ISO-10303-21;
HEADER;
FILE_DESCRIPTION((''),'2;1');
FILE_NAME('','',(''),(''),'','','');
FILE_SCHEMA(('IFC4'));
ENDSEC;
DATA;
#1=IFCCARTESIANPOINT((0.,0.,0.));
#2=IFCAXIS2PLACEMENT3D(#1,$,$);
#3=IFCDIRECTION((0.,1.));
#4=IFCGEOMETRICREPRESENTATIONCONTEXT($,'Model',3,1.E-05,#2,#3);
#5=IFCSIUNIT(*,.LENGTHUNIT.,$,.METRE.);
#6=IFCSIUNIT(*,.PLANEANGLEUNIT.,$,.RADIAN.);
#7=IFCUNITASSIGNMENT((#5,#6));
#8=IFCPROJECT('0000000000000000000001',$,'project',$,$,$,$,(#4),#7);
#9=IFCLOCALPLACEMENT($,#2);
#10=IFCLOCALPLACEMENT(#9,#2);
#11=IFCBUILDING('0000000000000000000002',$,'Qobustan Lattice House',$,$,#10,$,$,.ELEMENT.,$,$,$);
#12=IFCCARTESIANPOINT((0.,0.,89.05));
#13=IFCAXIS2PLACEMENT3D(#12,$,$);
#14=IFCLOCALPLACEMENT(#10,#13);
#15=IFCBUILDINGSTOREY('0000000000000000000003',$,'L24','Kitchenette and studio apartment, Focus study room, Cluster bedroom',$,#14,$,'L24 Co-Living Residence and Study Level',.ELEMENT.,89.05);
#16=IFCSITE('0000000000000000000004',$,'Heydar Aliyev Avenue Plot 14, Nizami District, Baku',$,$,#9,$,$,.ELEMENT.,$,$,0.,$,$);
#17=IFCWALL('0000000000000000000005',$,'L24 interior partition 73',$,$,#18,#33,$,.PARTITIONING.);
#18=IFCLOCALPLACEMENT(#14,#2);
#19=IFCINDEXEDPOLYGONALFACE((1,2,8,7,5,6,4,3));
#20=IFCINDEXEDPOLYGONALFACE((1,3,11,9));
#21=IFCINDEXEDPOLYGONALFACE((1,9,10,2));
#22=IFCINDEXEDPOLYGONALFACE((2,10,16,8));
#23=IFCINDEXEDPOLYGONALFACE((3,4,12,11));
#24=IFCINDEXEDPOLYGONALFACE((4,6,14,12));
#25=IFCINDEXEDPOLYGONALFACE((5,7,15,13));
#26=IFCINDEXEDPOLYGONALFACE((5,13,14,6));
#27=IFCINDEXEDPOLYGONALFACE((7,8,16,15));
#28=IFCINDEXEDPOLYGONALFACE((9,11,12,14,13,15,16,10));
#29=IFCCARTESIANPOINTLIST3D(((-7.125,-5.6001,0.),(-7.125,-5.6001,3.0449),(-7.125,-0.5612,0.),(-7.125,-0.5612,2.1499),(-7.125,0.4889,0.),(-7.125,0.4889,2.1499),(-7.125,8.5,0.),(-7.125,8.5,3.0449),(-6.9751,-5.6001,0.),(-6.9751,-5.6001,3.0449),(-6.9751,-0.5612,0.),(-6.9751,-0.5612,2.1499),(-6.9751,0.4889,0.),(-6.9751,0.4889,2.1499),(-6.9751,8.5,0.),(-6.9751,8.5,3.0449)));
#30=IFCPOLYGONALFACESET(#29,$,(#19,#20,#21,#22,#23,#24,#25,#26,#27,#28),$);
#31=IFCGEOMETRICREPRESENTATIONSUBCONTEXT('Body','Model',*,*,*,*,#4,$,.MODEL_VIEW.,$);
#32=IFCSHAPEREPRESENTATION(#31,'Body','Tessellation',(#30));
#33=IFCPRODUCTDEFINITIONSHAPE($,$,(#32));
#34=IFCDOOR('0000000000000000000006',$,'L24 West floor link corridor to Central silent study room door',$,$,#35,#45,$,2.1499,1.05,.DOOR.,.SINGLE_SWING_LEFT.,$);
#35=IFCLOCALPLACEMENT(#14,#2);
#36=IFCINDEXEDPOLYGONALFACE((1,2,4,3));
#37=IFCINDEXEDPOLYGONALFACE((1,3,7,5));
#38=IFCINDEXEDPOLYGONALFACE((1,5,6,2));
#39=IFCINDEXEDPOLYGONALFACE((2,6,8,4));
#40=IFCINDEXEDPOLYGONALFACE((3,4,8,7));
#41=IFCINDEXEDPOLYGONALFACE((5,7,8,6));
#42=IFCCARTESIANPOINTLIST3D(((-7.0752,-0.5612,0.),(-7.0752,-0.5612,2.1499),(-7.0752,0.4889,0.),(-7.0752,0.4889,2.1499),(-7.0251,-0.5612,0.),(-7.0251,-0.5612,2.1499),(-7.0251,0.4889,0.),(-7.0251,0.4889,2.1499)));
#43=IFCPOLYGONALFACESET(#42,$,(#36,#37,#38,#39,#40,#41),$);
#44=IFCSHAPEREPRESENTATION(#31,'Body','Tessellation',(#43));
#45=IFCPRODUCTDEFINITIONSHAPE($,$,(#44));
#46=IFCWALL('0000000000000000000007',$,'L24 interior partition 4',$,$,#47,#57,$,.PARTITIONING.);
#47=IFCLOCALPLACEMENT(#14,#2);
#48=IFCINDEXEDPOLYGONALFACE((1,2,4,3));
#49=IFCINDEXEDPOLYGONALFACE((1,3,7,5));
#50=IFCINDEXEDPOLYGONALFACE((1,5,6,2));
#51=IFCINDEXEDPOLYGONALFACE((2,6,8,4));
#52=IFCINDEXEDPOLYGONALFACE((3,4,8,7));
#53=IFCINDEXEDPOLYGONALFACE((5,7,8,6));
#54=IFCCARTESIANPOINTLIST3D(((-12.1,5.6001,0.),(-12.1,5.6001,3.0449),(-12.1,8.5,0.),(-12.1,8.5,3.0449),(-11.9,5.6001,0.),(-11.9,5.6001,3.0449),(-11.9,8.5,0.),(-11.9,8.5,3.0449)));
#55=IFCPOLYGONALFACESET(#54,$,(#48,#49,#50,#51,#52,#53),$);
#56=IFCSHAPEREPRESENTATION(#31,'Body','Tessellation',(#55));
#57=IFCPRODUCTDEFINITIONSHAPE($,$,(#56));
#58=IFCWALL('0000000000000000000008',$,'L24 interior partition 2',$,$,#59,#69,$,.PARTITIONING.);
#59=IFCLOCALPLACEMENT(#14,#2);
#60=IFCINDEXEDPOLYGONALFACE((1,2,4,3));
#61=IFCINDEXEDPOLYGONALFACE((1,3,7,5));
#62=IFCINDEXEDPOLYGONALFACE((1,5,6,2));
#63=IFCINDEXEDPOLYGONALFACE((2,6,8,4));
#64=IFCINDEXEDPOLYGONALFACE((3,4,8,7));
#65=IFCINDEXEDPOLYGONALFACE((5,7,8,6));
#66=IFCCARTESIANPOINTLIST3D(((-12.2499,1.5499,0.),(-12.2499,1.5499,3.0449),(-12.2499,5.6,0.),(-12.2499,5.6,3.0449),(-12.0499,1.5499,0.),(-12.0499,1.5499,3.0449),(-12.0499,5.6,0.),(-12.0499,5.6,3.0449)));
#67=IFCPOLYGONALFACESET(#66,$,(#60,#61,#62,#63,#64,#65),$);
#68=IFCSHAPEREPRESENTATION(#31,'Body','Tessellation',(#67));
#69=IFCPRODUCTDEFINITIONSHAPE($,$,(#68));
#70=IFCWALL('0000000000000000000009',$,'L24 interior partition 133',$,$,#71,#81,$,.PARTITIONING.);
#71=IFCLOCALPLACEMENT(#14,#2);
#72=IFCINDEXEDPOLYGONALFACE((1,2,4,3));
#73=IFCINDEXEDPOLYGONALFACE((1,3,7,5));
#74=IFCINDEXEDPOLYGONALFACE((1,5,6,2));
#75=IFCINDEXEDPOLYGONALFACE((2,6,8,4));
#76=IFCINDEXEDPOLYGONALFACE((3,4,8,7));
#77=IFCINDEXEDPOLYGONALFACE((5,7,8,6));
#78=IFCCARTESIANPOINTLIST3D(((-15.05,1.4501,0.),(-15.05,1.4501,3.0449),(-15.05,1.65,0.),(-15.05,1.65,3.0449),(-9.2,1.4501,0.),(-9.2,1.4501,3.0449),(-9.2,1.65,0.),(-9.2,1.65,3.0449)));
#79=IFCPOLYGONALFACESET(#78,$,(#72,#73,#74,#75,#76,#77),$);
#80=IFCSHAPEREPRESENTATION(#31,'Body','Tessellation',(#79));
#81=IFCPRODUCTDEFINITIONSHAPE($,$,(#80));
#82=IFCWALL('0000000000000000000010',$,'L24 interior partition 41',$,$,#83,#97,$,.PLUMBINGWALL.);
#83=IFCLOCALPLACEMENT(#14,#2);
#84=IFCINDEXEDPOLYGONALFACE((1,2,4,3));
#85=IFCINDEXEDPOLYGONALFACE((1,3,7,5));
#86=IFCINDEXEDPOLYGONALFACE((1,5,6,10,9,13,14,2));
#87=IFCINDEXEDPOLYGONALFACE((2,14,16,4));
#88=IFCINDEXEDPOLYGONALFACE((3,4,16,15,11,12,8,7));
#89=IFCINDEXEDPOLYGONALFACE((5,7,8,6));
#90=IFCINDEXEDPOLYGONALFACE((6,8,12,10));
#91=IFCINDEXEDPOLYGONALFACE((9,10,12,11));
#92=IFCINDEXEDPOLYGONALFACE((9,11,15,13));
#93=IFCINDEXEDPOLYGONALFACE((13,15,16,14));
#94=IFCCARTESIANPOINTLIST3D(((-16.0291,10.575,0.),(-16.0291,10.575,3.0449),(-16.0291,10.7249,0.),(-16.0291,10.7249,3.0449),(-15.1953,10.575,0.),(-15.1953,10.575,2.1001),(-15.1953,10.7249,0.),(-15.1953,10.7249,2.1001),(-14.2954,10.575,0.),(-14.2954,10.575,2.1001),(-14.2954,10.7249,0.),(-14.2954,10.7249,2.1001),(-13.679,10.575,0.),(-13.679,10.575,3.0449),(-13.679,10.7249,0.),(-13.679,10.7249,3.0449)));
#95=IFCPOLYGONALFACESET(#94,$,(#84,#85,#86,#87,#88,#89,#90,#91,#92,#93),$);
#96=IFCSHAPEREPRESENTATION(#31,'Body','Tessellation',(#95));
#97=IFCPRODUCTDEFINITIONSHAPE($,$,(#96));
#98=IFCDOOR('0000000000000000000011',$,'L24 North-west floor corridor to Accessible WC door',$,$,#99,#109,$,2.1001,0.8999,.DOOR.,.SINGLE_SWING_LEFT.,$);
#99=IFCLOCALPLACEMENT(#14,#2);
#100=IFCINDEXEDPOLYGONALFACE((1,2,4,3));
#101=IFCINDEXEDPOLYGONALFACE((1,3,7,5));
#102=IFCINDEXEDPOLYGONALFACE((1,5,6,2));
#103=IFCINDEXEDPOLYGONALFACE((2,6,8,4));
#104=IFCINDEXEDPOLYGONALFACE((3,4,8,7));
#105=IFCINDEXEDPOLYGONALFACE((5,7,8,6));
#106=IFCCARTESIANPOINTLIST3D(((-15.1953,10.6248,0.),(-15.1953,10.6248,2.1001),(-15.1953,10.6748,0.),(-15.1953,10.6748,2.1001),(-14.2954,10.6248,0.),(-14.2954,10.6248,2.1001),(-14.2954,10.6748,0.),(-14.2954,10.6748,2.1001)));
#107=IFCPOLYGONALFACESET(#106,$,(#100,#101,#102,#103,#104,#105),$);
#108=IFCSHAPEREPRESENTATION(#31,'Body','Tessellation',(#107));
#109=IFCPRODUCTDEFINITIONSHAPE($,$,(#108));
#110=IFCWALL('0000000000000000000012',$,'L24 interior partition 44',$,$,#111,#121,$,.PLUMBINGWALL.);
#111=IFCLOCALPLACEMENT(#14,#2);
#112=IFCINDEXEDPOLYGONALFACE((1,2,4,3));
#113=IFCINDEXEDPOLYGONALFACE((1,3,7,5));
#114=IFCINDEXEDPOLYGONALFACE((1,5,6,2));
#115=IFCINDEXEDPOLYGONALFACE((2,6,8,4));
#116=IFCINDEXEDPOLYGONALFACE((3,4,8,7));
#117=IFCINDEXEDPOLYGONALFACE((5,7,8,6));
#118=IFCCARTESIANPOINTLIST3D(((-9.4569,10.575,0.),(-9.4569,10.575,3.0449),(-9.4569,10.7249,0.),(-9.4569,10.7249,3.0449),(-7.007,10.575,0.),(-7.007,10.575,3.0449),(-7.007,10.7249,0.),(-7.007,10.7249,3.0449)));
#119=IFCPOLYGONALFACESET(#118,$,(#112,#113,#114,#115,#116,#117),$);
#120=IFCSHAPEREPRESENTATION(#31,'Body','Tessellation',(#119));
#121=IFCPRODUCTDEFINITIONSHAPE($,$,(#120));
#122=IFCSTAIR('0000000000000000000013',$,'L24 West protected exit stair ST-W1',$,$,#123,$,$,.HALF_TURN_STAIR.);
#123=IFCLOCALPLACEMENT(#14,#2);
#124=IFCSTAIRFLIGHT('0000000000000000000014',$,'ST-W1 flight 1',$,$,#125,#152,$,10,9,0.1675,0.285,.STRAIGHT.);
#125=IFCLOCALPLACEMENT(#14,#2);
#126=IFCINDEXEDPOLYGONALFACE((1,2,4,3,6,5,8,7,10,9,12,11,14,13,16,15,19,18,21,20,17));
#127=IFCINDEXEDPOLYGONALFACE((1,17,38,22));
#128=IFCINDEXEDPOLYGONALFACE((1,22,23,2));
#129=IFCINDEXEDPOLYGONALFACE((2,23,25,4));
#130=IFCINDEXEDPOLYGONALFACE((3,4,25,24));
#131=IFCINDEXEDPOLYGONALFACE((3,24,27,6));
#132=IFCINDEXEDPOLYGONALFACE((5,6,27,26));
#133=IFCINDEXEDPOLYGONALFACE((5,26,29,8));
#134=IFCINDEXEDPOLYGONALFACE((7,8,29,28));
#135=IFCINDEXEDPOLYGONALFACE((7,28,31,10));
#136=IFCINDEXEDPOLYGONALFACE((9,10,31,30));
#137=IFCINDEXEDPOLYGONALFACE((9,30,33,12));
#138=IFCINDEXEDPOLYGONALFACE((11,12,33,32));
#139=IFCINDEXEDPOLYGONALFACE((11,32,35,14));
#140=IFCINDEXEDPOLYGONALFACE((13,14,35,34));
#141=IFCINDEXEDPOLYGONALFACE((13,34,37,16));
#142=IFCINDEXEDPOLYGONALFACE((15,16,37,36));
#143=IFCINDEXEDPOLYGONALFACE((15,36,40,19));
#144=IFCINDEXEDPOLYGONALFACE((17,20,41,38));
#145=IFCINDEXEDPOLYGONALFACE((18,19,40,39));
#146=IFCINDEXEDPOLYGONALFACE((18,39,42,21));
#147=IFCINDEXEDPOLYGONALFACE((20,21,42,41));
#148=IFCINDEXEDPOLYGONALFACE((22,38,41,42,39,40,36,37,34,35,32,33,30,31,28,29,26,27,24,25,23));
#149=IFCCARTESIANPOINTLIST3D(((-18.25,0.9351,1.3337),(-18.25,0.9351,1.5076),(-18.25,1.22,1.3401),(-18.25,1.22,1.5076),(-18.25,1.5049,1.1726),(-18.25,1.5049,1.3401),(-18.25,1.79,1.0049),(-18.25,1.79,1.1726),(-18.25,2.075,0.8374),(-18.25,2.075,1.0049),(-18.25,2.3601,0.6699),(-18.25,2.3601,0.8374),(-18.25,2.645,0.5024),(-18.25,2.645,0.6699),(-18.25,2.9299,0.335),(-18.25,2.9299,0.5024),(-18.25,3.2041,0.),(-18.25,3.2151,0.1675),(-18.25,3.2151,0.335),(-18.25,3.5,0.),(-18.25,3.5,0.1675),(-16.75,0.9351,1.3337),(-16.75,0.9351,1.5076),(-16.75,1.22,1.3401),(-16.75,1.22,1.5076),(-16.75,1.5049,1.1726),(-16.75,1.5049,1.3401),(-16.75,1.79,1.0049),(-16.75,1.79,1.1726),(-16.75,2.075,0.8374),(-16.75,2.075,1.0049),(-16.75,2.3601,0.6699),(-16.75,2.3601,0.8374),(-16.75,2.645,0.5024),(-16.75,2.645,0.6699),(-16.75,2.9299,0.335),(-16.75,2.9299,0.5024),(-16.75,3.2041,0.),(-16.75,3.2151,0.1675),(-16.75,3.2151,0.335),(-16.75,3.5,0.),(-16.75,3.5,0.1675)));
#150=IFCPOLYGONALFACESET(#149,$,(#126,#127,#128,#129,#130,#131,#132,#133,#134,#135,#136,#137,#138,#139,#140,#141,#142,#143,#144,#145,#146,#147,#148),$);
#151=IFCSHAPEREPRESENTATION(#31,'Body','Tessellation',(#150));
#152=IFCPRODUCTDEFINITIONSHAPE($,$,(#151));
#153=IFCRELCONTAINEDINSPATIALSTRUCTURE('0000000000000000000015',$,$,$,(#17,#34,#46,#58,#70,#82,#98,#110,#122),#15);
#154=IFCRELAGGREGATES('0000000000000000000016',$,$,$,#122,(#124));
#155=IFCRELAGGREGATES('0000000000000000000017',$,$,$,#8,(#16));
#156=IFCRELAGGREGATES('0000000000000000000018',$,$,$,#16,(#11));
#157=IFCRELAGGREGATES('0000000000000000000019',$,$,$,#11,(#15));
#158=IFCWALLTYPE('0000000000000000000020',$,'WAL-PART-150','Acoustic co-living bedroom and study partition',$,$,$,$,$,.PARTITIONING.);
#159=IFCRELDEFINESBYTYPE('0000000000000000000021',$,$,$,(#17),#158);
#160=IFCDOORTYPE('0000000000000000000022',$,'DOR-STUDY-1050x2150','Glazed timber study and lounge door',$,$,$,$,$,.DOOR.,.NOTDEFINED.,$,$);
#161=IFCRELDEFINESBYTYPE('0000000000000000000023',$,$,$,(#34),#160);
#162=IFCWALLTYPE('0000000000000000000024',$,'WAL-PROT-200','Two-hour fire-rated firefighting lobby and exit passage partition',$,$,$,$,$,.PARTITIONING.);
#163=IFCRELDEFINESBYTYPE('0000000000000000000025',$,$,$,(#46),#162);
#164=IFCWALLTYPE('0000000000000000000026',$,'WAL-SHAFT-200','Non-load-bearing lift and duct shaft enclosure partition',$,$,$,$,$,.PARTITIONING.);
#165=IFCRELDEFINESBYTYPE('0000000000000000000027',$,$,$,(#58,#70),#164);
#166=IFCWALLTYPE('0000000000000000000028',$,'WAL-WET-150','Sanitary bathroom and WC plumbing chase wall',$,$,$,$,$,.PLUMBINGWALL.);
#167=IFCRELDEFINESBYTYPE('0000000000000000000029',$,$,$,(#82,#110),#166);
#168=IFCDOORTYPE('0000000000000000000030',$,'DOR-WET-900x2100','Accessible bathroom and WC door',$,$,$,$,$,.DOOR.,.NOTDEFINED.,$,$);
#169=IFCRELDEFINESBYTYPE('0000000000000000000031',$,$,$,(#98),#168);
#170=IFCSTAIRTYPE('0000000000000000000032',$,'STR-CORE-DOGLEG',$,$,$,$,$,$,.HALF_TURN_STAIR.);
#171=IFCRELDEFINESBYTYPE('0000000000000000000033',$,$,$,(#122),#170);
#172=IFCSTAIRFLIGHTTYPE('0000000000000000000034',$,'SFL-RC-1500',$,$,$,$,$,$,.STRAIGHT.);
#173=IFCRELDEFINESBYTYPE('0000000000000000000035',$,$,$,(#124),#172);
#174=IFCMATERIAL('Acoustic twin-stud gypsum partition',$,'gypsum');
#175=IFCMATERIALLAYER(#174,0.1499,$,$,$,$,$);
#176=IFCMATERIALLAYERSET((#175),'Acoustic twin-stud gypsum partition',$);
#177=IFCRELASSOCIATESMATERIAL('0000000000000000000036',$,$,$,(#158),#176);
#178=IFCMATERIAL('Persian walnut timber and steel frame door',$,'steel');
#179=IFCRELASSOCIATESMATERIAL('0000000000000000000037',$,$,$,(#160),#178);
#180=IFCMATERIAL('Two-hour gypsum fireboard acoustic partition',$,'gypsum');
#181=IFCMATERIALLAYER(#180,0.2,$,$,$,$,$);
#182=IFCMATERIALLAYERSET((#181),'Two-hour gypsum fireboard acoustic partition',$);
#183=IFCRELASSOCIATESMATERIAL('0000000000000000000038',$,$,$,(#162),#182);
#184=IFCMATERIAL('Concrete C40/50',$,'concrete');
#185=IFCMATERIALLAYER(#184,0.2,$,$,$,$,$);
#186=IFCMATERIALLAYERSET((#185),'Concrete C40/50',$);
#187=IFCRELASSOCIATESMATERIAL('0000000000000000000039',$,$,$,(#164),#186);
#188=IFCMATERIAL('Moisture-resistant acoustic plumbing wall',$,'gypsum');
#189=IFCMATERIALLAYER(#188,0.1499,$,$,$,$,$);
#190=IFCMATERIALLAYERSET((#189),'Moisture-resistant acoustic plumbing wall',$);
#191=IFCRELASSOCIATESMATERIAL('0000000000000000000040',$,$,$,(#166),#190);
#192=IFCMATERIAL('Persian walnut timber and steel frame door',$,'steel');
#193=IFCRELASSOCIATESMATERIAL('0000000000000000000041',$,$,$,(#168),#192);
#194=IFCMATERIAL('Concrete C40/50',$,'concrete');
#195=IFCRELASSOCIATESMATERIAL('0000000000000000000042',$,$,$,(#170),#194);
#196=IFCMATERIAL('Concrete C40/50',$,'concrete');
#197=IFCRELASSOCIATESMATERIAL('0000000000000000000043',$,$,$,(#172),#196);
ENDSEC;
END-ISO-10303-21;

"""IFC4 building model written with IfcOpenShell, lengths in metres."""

from ifc_helpers import new_model, si_unit, direction, frame, frame_2d, origin, place, context, subcontext, project, spatial, polyline, rectangle, outline, extrude, material, layer, layer_set, type_object, element, fill, aggregate, save


model = new_model("IFC4")

# Units and contexts
model_context = context("Model", 3, precision=1e-05, world=origin(), true_north=direction((0.0, 1.0)))
body_context = subcontext(model_context, "Body", "Model", "MODEL_VIEW")
ifc_project = project(units=[si_unit("LENGTHUNIT", "METRE"), si_unit("PLANEANGLEUNIT", "RADIAN")], contexts=[model_context])

# Site, building, storey
site_placement = place(None, origin())
site = spatial("IfcSite", under=ifc_project, at=site_placement, Name="Heydar Aliyev Avenue Plot 14, Nizami District, Baku", CompositionType="ELEMENT", RefElevation=0.0)
building_placement = place(site_placement, origin())
building = spatial("IfcBuilding", under=site, at=building_placement, Name="Qobustan Lattice House", CompositionType="ELEMENT")
storey_placement = place(building_placement, frame((0.0, 0.0, 89.05)))
storey = spatial("IfcBuildingStorey", under=building, at=storey_placement, Name="L24", Description="Kitchenette and studio apartment, Focus study room, Cluster bedroom", LongName="L24 Co-Living Residence and Study Level", CompositionType="ELEMENT", Elevation=89.05)

# Wall, opening, door
ifc_material_1 = material(Name="Acoustic twin-stud gypsum partition", Category="gypsum")
ifc_layer_1 = layer(ifc_material_1, 0.1499)
ifc_layer_set_1 = layer_set([ifc_layer_1], Name="Acoustic twin-stud gypsum partition")
wall_type_1 = type_object("IfcWallType", Name="WAL-PART-150", Description="Acoustic co-living bedroom and study partition", PredefinedType="PARTITIONING", material=ifc_layer_set_1)
wall_1_placement = place(storey_placement, frame((-7.05, 8.5, 0.0), z_axis=(0.0, 0.0, 1.0), x_axis=(0.0, -1.0, 0.0)))
wall_1 = element("IfcWall", 1, at=wall_1_placement, inside=storey, type_object=wall_type_1, Name="L24 interior partition 73", PredefinedType="PARTITIONING", context=body_context, shape_type="SweptSolid", body=[
    extrude(rectangle(XDim=14.1001, YDim=0.1499, at=frame_2d((7.05, 0.0))), origin(), (0.0, 0.0, 1.0), 3.0449),
])
opening_1_placement = place(wall_1_placement, frame((8.0112, 0.0, 0.0)))
opening_1 = element("IfcOpeningElement", 2, at=opening_1_placement, cuts=wall_1, PredefinedType="OPENING", context=body_context, shape_type="SweptSolid", body=[
    extrude(rectangle(XDim=1.05, YDim=2.1499, at=frame_2d((0.5249, 1.075))), frame((0.0, 0.085, 0.0), z_axis=(0.0, -1.0, 0.0), x_axis=(1.0, 0.0, 0.0)), (0.0, 0.0, 1.0), 0.1699),
])
ifc_material_2 = material(Name="Persian walnut timber and steel frame door", Category="steel")
door_type_1 = type_object("IfcDoorType", Name="DOR-STUDY-1050x2150", Description="Glazed timber study and lounge door", OperationType="NOTDEFINED", PredefinedType="DOOR", material=ifc_material_2)
door_1_placement = place(opening_1_placement, origin())
door_1 = element("IfcDoor", 3, at=door_1_placement, inside=storey, type_object=door_type_1, Name="L24 West floor link corridor to Central silent study room door", OperationType="SINGLE_SWING_LEFT", OverallHeight=2.1499, OverallWidth=1.05, PredefinedType="DOOR", context=body_context, shape_type="SweptSolid", body=[
    extrude(rectangle(XDim=1.05, YDim=2.1499, at=frame_2d((0.5249, 1.075))), frame((0.0, 0.0249, 0.0), z_axis=(0.0, -1.0, 0.0), x_axis=(1.0, 0.0, 0.0)), (0.0, 0.0, 1.0), 0.05),
])
fill(opening_1, door_1)
ifc_material_3 = material(Name="Two-hour gypsum fireboard acoustic partition", Category="gypsum")
ifc_layer_2 = layer(ifc_material_3, 0.2)
ifc_layer_set_2 = layer_set([ifc_layer_2], Name="Two-hour gypsum fireboard acoustic partition")
wall_type_2 = type_object("IfcWallType", Name="WAL-PROT-200", Description="Two-hour fire-rated firefighting lobby and exit passage partition", PredefinedType="PARTITIONING", material=ifc_layer_set_2)

# Walls
wall_2_placement = place(storey_placement, frame((-12.0, 5.6001, 0.0), z_axis=(0.0, 0.0, 1.0), x_axis=(0.0, 1.0, 0.0)))
element("IfcWall", 4, at=wall_2_placement, inside=storey, type_object=wall_type_2, Name="L24 interior partition 4", PredefinedType="PARTITIONING", context=body_context, shape_type="SweptSolid", body=[
    extrude(rectangle(XDim=2.8999, YDim=0.2, at=frame_2d((1.45, 0.0))), origin(), (0.0, 0.0, 1.0), 3.0449),
])
ifc_material_4 = material(Name="Concrete C40/50", Category="concrete")
ifc_layer_3 = layer(ifc_material_4, 0.2)
ifc_layer_set_3 = layer_set([ifc_layer_3], Name="Concrete C40/50")
wall_type_3 = type_object("IfcWallType", Name="WAL-SHAFT-200", Description="Non-load-bearing lift and duct shaft enclosure partition", PredefinedType="PARTITIONING", material=ifc_layer_set_3)
wall_3_placement = place(storey_placement, frame((-12.1499, 1.55, 0.0), z_axis=(0.0, 0.0, 1.0), x_axis=(0.0, 1.0, 0.0)))
element("IfcWall", 5, at=wall_3_placement, inside=storey, type_object=wall_type_3, Name="L24 interior partition 2", PredefinedType="PARTITIONING", context=body_context, shape_type="SweptSolid", body=[
    extrude(rectangle(XDim=4.05, YDim=0.2, at=frame_2d((2.0249, 0.0))), origin(), (0.0, 0.0, 1.0), 3.0449),
])
wall_4_placement = place(storey_placement, frame((-15.05, 1.55, 0.0), z_axis=(0.0, 0.0, 1.0), x_axis=(1.0, 0.0, 0.0)))
element("IfcWall", 6, at=wall_4_placement, inside=storey, type_object=wall_type_3, Name="L24 interior partition 133", PredefinedType="PARTITIONING", context=body_context, shape_type="SweptSolid", body=[
    extrude(rectangle(XDim=5.8501, YDim=0.2, at=frame_2d((2.925, 0.0))), origin(), (0.0, 0.0, 1.0), 3.0449),
])

# Wall, opening, door
ifc_material_5 = material(Name="Moisture-resistant acoustic plumbing wall", Category="gypsum")
ifc_layer_4 = layer(ifc_material_5, 0.1499)
ifc_layer_set_4 = layer_set([ifc_layer_4], Name="Moisture-resistant acoustic plumbing wall")
wall_type_4 = type_object("IfcWallType", Name="WAL-WET-150", Description="Sanitary bathroom and WC plumbing chase wall", PredefinedType="PLUMBINGWALL", material=ifc_layer_set_4)
wall_5_placement = place(storey_placement, frame((-16.0291, 10.6499, 0.0), z_axis=(0.0, 0.0, 1.0), x_axis=(1.0, 0.0, 0.0)))
wall_5 = element("IfcWall", 7, at=wall_5_placement, inside=storey, type_object=wall_type_4, Name="L24 interior partition 41", PredefinedType="PLUMBINGWALL", context=body_context, shape_type="SweptSolid", body=[
    extrude(rectangle(XDim=2.3501, YDim=0.1499, at=frame_2d((1.175, 0.0))), origin(), (0.0, 0.0, 1.0), 3.0449),
])
opening_2_placement = place(wall_5_placement, frame((0.8337, 0.0, 0.0)))
opening_2 = element("IfcOpeningElement", 8, at=opening_2_placement, cuts=wall_5, PredefinedType="OPENING", context=body_context, shape_type="SweptSolid", body=[
    extrude(rectangle(XDim=0.8999, YDim=2.1001, at=frame_2d((0.45, 1.05))), frame((0.0, 0.085, 0.0), z_axis=(0.0, -1.0, 0.0), x_axis=(1.0, 0.0, 0.0)), (0.0, 0.0, 1.0), 0.1699),
])
ifc_material_6 = material(Name="Persian walnut timber and steel frame door", Category="steel")
door_type_2 = type_object("IfcDoorType", Name="DOR-WET-900x2100", Description="Accessible bathroom and WC door", OperationType="NOTDEFINED", PredefinedType="DOOR", material=ifc_material_6)
door_2_placement = place(opening_2_placement, origin())
door_2 = element("IfcDoor", 9, at=door_2_placement, inside=storey, type_object=door_type_2, Name="L24 North-west floor corridor to Accessible WC door", OperationType="SINGLE_SWING_LEFT", OverallHeight=2.1001, OverallWidth=0.8999, PredefinedType="DOOR", context=body_context, shape_type="SweptSolid", body=[
    extrude(rectangle(XDim=0.8999, YDim=2.1001, at=frame_2d((0.45, 1.05))), frame((0.0, 0.0249, 0.0), z_axis=(0.0, -1.0, 0.0), x_axis=(1.0, 0.0, 0.0)), (0.0, 0.0, 1.0), 0.05),
])
fill(opening_2, door_2)

# Wall
wall_6_placement = place(storey_placement, frame((-9.457, 10.6499, 0.0), z_axis=(0.0, 0.0, 1.0), x_axis=(1.0, 0.0, 0.0)))
element("IfcWall", 10, at=wall_6_placement, inside=storey, type_object=wall_type_4, Name="L24 interior partition 44", PredefinedType="PLUMBINGWALL", context=body_context, shape_type="SweptSolid", body=[
    extrude(rectangle(XDim=2.45, YDim=0.1499, at=frame_2d((1.2251, 0.0))), origin(), (0.0, 0.0, 1.0), 3.0449),
])

# Stair, stair flight
ifc_material_7 = material(Name="Concrete C40/50", Category="concrete")
stair_type = type_object("IfcStairType", Name="STR-CORE-DOGLEG", PredefinedType="HALF_TURN_STAIR", material=ifc_material_7)
stair_placement = place(storey_placement, origin())
stair = element("IfcStair", 11, at=stair_placement, inside=storey, type_object=stair_type, Name="L24 West protected exit stair ST-W1", PredefinedType="HALF_TURN_STAIR")
ifc_material_8 = material(Name="Concrete C40/50", Category="concrete")
stair_flight_type = type_object("IfcStairFlightType", Name="SFL-RC-1500", PredefinedType="STRAIGHT", material=ifc_material_8)
stair_flight_1_placement = place(storey_placement, frame((-17.5, 3.5, 0.0), z_axis=(0.0, 0.0, 1.0), x_axis=(0.0, -1.0, 0.0)))
stair_flight_1 = element("IfcStairFlight", 12, at=stair_flight_1_placement, type_object=stair_flight_type, Name="ST-W1 flight 1", NumberOfRisers=10, NumberOfTreads=9, PredefinedType="STRAIGHT", RiserHeight=0.1675, TreadLength=0.285, context=body_context, shape_type="SweptSolid", body=[
    extrude(outline(polyline([(0.0, 0.0), (0.0, 0.1675), (0.2849, 0.1675), (0.2849, 0.335), (0.5701, 0.335), (0.5701, 0.5024), (0.855, 0.5024), (0.855, 0.6699), (1.1399, 0.6699), (1.1399, 0.8374), (1.425, 0.8374), (1.425, 1.0049), (1.71, 1.0049), (1.71, 1.1726), (1.9951, 1.1726), (1.9951, 1.3401), (2.28, 1.3401), (2.28, 1.5076), (2.5649, 1.5076), (2.5649, 1.675), (2.5649, 1.3337), (0.2959, 0.0), (0.0, 0.0)])), frame((0.0, 0.75, 0.0), z_axis=(0.0, -1.0, 0.0), x_axis=(1.0, 0.0, 0.0)), (0.0, 0.0, 1.0), 1.5),
])
aggregate(stair, [stair_flight_1])

save(model, "model.ifc")
